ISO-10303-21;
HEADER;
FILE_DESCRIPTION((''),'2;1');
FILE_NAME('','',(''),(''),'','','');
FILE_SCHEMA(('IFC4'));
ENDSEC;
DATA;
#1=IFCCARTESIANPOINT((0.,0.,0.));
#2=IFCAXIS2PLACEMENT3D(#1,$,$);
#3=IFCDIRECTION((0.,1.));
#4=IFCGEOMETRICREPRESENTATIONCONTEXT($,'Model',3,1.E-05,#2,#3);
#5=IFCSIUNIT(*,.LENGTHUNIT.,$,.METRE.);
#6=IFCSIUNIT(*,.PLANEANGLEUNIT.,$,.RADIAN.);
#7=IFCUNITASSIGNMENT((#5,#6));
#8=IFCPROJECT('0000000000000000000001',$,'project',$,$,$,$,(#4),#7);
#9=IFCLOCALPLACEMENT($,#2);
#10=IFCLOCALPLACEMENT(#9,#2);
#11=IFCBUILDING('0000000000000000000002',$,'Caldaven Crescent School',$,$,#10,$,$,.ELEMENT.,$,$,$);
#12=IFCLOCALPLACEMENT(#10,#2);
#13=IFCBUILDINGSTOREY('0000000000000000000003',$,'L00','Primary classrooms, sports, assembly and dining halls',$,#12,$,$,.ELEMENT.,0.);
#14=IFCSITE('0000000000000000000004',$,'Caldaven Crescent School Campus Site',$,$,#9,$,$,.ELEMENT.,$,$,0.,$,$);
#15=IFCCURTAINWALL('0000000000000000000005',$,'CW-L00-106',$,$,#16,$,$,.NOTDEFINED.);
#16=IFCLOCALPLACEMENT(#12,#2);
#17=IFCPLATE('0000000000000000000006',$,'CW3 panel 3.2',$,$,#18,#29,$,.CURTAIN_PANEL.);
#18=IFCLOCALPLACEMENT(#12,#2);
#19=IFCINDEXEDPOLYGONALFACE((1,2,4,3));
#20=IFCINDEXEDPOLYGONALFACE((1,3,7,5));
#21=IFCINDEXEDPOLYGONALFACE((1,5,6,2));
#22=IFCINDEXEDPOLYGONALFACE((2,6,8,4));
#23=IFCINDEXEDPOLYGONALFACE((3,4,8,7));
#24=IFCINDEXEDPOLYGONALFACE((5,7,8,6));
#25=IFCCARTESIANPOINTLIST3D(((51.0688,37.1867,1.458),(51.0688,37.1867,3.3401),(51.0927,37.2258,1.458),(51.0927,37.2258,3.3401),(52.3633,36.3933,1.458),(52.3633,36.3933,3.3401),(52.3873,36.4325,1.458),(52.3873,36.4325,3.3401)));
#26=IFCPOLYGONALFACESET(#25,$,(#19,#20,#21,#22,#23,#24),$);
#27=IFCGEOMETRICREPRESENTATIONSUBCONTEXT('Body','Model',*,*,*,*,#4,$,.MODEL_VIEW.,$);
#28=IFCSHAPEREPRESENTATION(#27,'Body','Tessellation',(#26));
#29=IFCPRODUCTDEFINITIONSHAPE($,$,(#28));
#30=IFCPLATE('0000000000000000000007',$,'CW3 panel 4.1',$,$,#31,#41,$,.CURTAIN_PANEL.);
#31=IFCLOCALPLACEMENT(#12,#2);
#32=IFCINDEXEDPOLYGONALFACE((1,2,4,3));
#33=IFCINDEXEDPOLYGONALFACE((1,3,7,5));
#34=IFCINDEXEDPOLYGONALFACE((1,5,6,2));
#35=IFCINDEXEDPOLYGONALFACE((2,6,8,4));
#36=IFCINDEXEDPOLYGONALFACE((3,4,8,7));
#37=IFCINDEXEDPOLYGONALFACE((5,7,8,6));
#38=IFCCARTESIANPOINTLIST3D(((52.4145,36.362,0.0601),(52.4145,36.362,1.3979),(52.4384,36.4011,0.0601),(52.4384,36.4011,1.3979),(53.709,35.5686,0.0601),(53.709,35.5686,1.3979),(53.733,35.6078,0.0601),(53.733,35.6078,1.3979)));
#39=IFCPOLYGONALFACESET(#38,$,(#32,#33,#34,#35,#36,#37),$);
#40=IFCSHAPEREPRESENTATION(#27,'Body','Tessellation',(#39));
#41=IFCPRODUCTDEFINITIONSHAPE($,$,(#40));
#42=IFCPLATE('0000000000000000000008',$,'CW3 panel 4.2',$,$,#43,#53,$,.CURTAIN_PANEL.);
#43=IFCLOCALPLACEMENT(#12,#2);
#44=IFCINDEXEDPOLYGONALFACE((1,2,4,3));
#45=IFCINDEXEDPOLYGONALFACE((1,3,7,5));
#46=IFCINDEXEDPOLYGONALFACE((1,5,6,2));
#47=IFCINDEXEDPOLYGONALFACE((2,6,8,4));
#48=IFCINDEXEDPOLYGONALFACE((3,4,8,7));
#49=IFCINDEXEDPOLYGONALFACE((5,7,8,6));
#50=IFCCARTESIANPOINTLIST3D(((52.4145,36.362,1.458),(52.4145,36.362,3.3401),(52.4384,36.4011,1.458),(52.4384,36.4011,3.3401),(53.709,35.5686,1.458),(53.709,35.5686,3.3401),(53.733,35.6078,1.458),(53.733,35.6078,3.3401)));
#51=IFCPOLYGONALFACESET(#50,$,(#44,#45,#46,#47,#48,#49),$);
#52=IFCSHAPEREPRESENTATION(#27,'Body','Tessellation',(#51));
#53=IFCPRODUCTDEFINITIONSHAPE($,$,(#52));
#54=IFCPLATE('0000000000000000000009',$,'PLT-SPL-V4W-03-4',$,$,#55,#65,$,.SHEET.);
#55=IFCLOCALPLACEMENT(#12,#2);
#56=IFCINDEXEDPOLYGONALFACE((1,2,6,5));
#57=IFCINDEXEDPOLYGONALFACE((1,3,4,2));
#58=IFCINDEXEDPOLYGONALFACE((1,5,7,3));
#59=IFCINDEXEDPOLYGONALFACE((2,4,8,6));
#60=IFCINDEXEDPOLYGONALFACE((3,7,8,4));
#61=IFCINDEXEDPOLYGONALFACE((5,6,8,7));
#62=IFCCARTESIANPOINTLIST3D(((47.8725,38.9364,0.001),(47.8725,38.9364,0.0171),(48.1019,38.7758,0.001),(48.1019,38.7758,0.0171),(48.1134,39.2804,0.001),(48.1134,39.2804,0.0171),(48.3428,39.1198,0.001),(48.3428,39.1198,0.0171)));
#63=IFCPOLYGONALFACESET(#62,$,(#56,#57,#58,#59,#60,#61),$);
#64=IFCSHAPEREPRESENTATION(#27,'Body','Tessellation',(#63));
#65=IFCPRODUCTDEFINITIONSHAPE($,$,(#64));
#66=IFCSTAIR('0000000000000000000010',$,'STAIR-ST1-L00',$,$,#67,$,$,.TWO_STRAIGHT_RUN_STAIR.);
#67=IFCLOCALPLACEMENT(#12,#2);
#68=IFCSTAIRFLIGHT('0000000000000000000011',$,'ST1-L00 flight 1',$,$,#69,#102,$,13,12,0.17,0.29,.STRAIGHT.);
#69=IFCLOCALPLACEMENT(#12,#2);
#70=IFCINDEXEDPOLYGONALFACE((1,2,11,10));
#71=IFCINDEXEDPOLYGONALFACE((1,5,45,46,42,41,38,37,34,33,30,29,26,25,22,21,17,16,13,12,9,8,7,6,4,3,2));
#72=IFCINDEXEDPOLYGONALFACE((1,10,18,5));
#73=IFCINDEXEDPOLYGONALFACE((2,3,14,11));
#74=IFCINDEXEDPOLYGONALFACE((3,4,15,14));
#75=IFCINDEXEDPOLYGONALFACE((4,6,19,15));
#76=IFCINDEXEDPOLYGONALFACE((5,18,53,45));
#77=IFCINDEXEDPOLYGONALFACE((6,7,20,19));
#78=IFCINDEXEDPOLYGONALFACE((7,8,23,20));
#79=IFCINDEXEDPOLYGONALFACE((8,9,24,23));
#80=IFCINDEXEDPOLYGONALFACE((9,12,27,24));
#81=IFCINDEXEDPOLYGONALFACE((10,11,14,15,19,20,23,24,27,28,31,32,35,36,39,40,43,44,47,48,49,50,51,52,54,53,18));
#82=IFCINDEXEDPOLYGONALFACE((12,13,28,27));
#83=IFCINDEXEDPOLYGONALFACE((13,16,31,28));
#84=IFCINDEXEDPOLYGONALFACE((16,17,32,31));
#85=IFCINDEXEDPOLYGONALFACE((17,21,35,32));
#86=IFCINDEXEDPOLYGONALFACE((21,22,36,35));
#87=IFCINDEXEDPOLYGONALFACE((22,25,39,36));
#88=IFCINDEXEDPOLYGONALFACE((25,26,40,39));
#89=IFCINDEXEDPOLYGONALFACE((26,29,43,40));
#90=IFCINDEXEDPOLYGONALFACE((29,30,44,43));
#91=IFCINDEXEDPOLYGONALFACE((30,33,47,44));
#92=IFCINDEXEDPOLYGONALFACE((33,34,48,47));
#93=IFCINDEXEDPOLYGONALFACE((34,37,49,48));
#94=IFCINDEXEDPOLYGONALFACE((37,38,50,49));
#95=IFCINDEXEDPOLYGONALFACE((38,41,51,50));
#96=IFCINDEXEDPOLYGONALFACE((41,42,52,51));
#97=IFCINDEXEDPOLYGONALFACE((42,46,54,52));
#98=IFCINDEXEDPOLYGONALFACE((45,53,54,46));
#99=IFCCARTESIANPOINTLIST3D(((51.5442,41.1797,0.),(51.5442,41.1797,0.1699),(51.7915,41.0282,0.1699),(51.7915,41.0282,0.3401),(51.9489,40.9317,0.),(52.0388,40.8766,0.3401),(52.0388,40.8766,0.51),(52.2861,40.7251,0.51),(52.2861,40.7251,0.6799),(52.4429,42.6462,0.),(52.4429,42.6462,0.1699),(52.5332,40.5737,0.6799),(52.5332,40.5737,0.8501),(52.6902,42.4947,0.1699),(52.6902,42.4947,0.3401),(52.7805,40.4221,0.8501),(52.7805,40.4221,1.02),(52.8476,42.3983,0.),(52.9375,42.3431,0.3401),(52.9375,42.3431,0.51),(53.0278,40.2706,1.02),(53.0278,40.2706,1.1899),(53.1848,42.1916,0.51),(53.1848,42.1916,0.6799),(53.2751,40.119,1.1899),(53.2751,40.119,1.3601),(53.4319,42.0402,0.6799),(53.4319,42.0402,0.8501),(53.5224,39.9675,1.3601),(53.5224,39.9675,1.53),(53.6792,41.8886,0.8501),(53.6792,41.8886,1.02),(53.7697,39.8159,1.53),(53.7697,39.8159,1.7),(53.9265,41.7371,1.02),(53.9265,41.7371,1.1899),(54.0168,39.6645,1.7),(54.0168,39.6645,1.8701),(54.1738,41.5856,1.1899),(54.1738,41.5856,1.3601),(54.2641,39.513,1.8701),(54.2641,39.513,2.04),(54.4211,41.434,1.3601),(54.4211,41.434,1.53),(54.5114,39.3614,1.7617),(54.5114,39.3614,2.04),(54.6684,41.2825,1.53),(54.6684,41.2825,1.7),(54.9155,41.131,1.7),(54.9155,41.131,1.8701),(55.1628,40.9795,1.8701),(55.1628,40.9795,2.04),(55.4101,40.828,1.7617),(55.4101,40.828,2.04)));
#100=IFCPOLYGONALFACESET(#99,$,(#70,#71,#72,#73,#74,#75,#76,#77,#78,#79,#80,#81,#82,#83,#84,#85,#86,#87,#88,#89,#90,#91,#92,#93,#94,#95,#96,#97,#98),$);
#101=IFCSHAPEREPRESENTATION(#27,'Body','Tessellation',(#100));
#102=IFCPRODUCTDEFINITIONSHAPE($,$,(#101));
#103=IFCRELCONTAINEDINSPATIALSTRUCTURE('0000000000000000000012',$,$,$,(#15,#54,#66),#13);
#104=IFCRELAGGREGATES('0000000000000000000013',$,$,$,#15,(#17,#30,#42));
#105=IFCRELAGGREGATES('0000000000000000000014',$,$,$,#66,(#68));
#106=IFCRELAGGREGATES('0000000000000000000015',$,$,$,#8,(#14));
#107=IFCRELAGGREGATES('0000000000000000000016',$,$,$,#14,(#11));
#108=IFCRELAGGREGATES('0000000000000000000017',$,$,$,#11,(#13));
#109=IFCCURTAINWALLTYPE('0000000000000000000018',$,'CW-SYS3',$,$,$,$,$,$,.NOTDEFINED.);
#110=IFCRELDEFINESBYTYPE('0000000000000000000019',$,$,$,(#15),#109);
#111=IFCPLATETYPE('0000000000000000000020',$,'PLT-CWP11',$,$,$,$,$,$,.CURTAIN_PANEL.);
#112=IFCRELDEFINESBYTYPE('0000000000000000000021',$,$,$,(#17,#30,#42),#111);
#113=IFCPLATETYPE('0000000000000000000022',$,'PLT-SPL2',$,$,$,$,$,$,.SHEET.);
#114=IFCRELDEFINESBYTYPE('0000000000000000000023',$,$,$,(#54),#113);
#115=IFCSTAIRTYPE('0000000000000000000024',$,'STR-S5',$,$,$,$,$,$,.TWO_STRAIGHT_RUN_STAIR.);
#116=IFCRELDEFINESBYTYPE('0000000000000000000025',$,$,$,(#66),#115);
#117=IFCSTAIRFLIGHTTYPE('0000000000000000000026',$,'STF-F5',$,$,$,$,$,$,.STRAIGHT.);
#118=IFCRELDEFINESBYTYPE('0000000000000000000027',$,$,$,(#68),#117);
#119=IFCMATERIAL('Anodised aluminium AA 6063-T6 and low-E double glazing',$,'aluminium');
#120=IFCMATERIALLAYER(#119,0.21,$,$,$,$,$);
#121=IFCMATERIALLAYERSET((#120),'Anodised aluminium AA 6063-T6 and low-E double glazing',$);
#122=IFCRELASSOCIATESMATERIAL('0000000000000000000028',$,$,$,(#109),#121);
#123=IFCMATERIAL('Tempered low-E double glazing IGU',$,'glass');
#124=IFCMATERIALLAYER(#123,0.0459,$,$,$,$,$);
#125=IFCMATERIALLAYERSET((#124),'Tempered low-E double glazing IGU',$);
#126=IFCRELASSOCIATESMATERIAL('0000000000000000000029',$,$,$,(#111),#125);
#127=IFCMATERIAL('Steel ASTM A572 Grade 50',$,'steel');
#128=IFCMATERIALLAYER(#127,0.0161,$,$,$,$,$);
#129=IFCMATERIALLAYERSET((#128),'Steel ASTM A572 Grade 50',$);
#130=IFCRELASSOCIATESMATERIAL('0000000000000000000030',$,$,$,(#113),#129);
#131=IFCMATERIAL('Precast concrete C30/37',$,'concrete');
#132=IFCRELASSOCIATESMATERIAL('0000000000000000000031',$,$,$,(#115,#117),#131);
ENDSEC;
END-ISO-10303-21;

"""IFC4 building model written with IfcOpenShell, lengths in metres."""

from ifc_helpers import new_model, si_unit, direction, frame, origin, origin_2d, place, context, subcontext, project, spatial, polyline, rectangle, outline, extrude, material, layer, layer_set, type_object, element, aggregate, save


model = new_model("IFC4")

# Units and contexts
model_context = context("Model", 3, precision=1e-05, world=origin(), true_north=direction((0.0, 1.0)))
body_context = subcontext(model_context, "Body", "Model", "MODEL_VIEW")
ifc_project = project(units=[si_unit("LENGTHUNIT", "METRE"), si_unit("PLANEANGLEUNIT", "RADIAN")], contexts=[model_context])

# Site, building, storey
site_placement = place(None, origin())
site = spatial("IfcSite", under=ifc_project, at=site_placement, Name="Caldaven Crescent School Campus Site", CompositionType="ELEMENT", RefElevation=0.0)
building_placement = place(site_placement, origin())
building = spatial("IfcBuilding", under=site, at=building_placement, Name="Caldaven Crescent School", CompositionType="ELEMENT")
storey_placement = place(building_placement, origin())
storey = spatial("IfcBuildingStorey", under=building, at=storey_placement, Name="L00", Description="Primary classrooms, sports, assembly and dining halls", CompositionType="ELEMENT", Elevation=0.0)

# Curtain wall
ifc_material_1 = material(Name="Anodised aluminium AA 6063-T6 and low-E double glazing", Category="aluminium")
ifc_layer_1 = layer(ifc_material_1, 0.21)
ifc_layer_set_1 = layer_set([ifc_layer_1], Name="Anodised aluminium AA 6063-T6 and low-E double glazing")
curtain_wall_type = type_object("IfcCurtainWallType", Name="CW-SYS3", PredefinedType="NOTDEFINED", material=ifc_layer_set_1)
curtain_wall_placement = place(storey_placement, origin())
curtain_wall = element("IfcCurtainWall", 1, at=curtain_wall_placement, inside=storey, type_object=curtain_wall_type, Name="CW-L00-106", PredefinedType="NOTDEFINED")

# Plates
ifc_material_2 = material(Name="Tempered low-E double glazing IGU", Category="glass")
ifc_layer_2 = layer(ifc_material_2, 0.0459)
ifc_layer_set_2 = layer_set([ifc_layer_2], Name="Tempered low-E double glazing IGU")
plate_type_1 = type_object("IfcPlateType", Name="PLT-CWP11", PredefinedType="CURTAIN_PANEL", material=ifc_layer_set_2)
plate_1_placement = place(storey_placement, frame((51.728, 36.8096, 1.458), z_axis=(0.0, 0.0, 1.0), x_axis=(0.85264, -0.522499, 0.0)))
plate_1 = element("IfcPlate", 2, at=plate_1_placement, type_object=plate_type_1, Name="CW3 panel 3.2", PredefinedType="CURTAIN_PANEL", context=body_context, shape_type="SweptSolid", body=[
    extrude(rectangle(XDim=1.5183, YDim=0.0459, at=origin_2d()), origin(), (0.0, 0.0, 1.0), 1.8821),
])
plate_2_placement = place(storey_placement, frame((53.0737, 35.9849, 0.0601), z_axis=(0.0, 0.0, 1.0), x_axis=(0.85264, -0.522499, 0.0)))
plate_2 = element("IfcPlate", 3, at=plate_2_placement, type_object=plate_type_1, Name="CW3 panel 4.1", PredefinedType="CURTAIN_PANEL", context=body_context, shape_type="SweptSolid", body=[
    extrude(rectangle(XDim=1.5183, YDim=0.0459, at=origin_2d()), origin(), (0.0, 0.0, 1.0), 1.3379),
])
plate_3_placement = place(storey_placement, frame((53.0737, 35.9849, 1.458), z_axis=(0.0, 0.0, 1.0), x_axis=(0.85264, -0.522499, 0.0)))
plate_3 = element("IfcPlate", 4, at=plate_3_placement, type_object=plate_type_1, Name="CW3 panel 4.2", PredefinedType="CURTAIN_PANEL", context=body_context, shape_type="SweptSolid", body=[
    extrude(rectangle(XDim=1.5183, YDim=0.0459, at=origin_2d()), origin(), (0.0, 0.0, 1.0), 1.8821),
])
aggregate(curtain_wall, [plate_1, plate_2, plate_3])
ifc_material_3 = material(Name="Steel ASTM A572 Grade 50", Category="steel")
ifc_layer_3 = layer(ifc_material_3, 0.0161)
ifc_layer_set_3 = layer_set([ifc_layer_3], Name="Steel ASTM A572 Grade 50")
plate_type_2 = type_object("IfcPlateType", Name="PLT-SPL2", PredefinedType="SHEET", material=ifc_layer_set_3)
plate_4_placement = place(storey_placement, frame((48.1077, 39.0281, 0.001), z_axis=(0.0, 0.0, 1.0), x_axis=(-0.573576, -0.819152, 0.0)))
element("IfcPlate", 5, at=plate_4_placement, inside=storey, type_object=plate_type_2, Name="PLT-SPL-V4W-03-4", PredefinedType="SHEET", context=body_context, shape_type="SweptSolid", body=[
    extrude(rectangle(XDim=0.4199, YDim=0.28, at=origin_2d()), origin(), (0.0, 0.0, 1.0), 0.0161),
])

# Stair, stair flight
ifc_material_4 = material(Name="Precast concrete C30/37", Category="concrete")
stair_type = type_object("IfcStairType", Name="STR-S5", PredefinedType="TWO_STRAIGHT_RUN_STAIR", material=ifc_material_4)
stair_placement = place(storey_placement, origin())
stair = element("IfcStair", 6, at=stair_placement, inside=storey, type_object=stair_type, Name="STAIR-ST1-L00", PredefinedType="TWO_STRAIGHT_RUN_STAIR")
stair_flight_type = type_object("IfcStairFlightType", Name="STF-F5", PredefinedType="STRAIGHT", material=ifc_material_4)
stair_flight_placement = place(storey_placement, frame((51.9937, 41.9131, 0.0), z_axis=(0.0, 0.0, 1.0), x_axis=(0.85264, -0.522499, 0.0)))
stair_flight = element("IfcStairFlight", 7, at=stair_flight_placement, type_object=stair_flight_type, Name="ST1-L00 flight 1", NumberOfRisers=13, NumberOfTreads=12, PredefinedType="STRAIGHT", RiserHeight=0.17, TreadLength=0.29, context=body_context, shape_type="SweptSolid", body=[
    extrude(outline(polyline([(0.0, 0.0), (0.0, 0.1699), (0.29, 0.1699), (0.29, 0.3401), (0.5801, 0.3401), (0.5801, 0.51), (0.8701, 0.51), (0.8701, 0.6799), (1.1599, 0.6799), (1.1599, 0.8501), (1.45, 0.8501), (1.45, 1.02), (1.74, 1.02), (1.74, 1.1899), (2.03, 1.1899), (2.03, 1.3601), (2.3201, 1.3601), (2.3201, 1.53), (2.6101, 1.53), (2.6101, 1.7), (2.8999, 1.7), (2.8999, 1.8701), (3.1899, 1.8701), (3.1899, 2.04), (3.48, 2.04), (3.48, 2.21), (3.48, 1.7617), (0.4746, 0.0), (0.0, 0.0)])), frame((0.0, 0.8599, 0.0), z_axis=(0.0, -1.0, 0.0), x_axis=(1.0, 0.0, 0.0)), (0.0, 0.0, 1.0), 1.72),
])
aggregate(stair, [stair_flight])

save(model, "model.ifc")
